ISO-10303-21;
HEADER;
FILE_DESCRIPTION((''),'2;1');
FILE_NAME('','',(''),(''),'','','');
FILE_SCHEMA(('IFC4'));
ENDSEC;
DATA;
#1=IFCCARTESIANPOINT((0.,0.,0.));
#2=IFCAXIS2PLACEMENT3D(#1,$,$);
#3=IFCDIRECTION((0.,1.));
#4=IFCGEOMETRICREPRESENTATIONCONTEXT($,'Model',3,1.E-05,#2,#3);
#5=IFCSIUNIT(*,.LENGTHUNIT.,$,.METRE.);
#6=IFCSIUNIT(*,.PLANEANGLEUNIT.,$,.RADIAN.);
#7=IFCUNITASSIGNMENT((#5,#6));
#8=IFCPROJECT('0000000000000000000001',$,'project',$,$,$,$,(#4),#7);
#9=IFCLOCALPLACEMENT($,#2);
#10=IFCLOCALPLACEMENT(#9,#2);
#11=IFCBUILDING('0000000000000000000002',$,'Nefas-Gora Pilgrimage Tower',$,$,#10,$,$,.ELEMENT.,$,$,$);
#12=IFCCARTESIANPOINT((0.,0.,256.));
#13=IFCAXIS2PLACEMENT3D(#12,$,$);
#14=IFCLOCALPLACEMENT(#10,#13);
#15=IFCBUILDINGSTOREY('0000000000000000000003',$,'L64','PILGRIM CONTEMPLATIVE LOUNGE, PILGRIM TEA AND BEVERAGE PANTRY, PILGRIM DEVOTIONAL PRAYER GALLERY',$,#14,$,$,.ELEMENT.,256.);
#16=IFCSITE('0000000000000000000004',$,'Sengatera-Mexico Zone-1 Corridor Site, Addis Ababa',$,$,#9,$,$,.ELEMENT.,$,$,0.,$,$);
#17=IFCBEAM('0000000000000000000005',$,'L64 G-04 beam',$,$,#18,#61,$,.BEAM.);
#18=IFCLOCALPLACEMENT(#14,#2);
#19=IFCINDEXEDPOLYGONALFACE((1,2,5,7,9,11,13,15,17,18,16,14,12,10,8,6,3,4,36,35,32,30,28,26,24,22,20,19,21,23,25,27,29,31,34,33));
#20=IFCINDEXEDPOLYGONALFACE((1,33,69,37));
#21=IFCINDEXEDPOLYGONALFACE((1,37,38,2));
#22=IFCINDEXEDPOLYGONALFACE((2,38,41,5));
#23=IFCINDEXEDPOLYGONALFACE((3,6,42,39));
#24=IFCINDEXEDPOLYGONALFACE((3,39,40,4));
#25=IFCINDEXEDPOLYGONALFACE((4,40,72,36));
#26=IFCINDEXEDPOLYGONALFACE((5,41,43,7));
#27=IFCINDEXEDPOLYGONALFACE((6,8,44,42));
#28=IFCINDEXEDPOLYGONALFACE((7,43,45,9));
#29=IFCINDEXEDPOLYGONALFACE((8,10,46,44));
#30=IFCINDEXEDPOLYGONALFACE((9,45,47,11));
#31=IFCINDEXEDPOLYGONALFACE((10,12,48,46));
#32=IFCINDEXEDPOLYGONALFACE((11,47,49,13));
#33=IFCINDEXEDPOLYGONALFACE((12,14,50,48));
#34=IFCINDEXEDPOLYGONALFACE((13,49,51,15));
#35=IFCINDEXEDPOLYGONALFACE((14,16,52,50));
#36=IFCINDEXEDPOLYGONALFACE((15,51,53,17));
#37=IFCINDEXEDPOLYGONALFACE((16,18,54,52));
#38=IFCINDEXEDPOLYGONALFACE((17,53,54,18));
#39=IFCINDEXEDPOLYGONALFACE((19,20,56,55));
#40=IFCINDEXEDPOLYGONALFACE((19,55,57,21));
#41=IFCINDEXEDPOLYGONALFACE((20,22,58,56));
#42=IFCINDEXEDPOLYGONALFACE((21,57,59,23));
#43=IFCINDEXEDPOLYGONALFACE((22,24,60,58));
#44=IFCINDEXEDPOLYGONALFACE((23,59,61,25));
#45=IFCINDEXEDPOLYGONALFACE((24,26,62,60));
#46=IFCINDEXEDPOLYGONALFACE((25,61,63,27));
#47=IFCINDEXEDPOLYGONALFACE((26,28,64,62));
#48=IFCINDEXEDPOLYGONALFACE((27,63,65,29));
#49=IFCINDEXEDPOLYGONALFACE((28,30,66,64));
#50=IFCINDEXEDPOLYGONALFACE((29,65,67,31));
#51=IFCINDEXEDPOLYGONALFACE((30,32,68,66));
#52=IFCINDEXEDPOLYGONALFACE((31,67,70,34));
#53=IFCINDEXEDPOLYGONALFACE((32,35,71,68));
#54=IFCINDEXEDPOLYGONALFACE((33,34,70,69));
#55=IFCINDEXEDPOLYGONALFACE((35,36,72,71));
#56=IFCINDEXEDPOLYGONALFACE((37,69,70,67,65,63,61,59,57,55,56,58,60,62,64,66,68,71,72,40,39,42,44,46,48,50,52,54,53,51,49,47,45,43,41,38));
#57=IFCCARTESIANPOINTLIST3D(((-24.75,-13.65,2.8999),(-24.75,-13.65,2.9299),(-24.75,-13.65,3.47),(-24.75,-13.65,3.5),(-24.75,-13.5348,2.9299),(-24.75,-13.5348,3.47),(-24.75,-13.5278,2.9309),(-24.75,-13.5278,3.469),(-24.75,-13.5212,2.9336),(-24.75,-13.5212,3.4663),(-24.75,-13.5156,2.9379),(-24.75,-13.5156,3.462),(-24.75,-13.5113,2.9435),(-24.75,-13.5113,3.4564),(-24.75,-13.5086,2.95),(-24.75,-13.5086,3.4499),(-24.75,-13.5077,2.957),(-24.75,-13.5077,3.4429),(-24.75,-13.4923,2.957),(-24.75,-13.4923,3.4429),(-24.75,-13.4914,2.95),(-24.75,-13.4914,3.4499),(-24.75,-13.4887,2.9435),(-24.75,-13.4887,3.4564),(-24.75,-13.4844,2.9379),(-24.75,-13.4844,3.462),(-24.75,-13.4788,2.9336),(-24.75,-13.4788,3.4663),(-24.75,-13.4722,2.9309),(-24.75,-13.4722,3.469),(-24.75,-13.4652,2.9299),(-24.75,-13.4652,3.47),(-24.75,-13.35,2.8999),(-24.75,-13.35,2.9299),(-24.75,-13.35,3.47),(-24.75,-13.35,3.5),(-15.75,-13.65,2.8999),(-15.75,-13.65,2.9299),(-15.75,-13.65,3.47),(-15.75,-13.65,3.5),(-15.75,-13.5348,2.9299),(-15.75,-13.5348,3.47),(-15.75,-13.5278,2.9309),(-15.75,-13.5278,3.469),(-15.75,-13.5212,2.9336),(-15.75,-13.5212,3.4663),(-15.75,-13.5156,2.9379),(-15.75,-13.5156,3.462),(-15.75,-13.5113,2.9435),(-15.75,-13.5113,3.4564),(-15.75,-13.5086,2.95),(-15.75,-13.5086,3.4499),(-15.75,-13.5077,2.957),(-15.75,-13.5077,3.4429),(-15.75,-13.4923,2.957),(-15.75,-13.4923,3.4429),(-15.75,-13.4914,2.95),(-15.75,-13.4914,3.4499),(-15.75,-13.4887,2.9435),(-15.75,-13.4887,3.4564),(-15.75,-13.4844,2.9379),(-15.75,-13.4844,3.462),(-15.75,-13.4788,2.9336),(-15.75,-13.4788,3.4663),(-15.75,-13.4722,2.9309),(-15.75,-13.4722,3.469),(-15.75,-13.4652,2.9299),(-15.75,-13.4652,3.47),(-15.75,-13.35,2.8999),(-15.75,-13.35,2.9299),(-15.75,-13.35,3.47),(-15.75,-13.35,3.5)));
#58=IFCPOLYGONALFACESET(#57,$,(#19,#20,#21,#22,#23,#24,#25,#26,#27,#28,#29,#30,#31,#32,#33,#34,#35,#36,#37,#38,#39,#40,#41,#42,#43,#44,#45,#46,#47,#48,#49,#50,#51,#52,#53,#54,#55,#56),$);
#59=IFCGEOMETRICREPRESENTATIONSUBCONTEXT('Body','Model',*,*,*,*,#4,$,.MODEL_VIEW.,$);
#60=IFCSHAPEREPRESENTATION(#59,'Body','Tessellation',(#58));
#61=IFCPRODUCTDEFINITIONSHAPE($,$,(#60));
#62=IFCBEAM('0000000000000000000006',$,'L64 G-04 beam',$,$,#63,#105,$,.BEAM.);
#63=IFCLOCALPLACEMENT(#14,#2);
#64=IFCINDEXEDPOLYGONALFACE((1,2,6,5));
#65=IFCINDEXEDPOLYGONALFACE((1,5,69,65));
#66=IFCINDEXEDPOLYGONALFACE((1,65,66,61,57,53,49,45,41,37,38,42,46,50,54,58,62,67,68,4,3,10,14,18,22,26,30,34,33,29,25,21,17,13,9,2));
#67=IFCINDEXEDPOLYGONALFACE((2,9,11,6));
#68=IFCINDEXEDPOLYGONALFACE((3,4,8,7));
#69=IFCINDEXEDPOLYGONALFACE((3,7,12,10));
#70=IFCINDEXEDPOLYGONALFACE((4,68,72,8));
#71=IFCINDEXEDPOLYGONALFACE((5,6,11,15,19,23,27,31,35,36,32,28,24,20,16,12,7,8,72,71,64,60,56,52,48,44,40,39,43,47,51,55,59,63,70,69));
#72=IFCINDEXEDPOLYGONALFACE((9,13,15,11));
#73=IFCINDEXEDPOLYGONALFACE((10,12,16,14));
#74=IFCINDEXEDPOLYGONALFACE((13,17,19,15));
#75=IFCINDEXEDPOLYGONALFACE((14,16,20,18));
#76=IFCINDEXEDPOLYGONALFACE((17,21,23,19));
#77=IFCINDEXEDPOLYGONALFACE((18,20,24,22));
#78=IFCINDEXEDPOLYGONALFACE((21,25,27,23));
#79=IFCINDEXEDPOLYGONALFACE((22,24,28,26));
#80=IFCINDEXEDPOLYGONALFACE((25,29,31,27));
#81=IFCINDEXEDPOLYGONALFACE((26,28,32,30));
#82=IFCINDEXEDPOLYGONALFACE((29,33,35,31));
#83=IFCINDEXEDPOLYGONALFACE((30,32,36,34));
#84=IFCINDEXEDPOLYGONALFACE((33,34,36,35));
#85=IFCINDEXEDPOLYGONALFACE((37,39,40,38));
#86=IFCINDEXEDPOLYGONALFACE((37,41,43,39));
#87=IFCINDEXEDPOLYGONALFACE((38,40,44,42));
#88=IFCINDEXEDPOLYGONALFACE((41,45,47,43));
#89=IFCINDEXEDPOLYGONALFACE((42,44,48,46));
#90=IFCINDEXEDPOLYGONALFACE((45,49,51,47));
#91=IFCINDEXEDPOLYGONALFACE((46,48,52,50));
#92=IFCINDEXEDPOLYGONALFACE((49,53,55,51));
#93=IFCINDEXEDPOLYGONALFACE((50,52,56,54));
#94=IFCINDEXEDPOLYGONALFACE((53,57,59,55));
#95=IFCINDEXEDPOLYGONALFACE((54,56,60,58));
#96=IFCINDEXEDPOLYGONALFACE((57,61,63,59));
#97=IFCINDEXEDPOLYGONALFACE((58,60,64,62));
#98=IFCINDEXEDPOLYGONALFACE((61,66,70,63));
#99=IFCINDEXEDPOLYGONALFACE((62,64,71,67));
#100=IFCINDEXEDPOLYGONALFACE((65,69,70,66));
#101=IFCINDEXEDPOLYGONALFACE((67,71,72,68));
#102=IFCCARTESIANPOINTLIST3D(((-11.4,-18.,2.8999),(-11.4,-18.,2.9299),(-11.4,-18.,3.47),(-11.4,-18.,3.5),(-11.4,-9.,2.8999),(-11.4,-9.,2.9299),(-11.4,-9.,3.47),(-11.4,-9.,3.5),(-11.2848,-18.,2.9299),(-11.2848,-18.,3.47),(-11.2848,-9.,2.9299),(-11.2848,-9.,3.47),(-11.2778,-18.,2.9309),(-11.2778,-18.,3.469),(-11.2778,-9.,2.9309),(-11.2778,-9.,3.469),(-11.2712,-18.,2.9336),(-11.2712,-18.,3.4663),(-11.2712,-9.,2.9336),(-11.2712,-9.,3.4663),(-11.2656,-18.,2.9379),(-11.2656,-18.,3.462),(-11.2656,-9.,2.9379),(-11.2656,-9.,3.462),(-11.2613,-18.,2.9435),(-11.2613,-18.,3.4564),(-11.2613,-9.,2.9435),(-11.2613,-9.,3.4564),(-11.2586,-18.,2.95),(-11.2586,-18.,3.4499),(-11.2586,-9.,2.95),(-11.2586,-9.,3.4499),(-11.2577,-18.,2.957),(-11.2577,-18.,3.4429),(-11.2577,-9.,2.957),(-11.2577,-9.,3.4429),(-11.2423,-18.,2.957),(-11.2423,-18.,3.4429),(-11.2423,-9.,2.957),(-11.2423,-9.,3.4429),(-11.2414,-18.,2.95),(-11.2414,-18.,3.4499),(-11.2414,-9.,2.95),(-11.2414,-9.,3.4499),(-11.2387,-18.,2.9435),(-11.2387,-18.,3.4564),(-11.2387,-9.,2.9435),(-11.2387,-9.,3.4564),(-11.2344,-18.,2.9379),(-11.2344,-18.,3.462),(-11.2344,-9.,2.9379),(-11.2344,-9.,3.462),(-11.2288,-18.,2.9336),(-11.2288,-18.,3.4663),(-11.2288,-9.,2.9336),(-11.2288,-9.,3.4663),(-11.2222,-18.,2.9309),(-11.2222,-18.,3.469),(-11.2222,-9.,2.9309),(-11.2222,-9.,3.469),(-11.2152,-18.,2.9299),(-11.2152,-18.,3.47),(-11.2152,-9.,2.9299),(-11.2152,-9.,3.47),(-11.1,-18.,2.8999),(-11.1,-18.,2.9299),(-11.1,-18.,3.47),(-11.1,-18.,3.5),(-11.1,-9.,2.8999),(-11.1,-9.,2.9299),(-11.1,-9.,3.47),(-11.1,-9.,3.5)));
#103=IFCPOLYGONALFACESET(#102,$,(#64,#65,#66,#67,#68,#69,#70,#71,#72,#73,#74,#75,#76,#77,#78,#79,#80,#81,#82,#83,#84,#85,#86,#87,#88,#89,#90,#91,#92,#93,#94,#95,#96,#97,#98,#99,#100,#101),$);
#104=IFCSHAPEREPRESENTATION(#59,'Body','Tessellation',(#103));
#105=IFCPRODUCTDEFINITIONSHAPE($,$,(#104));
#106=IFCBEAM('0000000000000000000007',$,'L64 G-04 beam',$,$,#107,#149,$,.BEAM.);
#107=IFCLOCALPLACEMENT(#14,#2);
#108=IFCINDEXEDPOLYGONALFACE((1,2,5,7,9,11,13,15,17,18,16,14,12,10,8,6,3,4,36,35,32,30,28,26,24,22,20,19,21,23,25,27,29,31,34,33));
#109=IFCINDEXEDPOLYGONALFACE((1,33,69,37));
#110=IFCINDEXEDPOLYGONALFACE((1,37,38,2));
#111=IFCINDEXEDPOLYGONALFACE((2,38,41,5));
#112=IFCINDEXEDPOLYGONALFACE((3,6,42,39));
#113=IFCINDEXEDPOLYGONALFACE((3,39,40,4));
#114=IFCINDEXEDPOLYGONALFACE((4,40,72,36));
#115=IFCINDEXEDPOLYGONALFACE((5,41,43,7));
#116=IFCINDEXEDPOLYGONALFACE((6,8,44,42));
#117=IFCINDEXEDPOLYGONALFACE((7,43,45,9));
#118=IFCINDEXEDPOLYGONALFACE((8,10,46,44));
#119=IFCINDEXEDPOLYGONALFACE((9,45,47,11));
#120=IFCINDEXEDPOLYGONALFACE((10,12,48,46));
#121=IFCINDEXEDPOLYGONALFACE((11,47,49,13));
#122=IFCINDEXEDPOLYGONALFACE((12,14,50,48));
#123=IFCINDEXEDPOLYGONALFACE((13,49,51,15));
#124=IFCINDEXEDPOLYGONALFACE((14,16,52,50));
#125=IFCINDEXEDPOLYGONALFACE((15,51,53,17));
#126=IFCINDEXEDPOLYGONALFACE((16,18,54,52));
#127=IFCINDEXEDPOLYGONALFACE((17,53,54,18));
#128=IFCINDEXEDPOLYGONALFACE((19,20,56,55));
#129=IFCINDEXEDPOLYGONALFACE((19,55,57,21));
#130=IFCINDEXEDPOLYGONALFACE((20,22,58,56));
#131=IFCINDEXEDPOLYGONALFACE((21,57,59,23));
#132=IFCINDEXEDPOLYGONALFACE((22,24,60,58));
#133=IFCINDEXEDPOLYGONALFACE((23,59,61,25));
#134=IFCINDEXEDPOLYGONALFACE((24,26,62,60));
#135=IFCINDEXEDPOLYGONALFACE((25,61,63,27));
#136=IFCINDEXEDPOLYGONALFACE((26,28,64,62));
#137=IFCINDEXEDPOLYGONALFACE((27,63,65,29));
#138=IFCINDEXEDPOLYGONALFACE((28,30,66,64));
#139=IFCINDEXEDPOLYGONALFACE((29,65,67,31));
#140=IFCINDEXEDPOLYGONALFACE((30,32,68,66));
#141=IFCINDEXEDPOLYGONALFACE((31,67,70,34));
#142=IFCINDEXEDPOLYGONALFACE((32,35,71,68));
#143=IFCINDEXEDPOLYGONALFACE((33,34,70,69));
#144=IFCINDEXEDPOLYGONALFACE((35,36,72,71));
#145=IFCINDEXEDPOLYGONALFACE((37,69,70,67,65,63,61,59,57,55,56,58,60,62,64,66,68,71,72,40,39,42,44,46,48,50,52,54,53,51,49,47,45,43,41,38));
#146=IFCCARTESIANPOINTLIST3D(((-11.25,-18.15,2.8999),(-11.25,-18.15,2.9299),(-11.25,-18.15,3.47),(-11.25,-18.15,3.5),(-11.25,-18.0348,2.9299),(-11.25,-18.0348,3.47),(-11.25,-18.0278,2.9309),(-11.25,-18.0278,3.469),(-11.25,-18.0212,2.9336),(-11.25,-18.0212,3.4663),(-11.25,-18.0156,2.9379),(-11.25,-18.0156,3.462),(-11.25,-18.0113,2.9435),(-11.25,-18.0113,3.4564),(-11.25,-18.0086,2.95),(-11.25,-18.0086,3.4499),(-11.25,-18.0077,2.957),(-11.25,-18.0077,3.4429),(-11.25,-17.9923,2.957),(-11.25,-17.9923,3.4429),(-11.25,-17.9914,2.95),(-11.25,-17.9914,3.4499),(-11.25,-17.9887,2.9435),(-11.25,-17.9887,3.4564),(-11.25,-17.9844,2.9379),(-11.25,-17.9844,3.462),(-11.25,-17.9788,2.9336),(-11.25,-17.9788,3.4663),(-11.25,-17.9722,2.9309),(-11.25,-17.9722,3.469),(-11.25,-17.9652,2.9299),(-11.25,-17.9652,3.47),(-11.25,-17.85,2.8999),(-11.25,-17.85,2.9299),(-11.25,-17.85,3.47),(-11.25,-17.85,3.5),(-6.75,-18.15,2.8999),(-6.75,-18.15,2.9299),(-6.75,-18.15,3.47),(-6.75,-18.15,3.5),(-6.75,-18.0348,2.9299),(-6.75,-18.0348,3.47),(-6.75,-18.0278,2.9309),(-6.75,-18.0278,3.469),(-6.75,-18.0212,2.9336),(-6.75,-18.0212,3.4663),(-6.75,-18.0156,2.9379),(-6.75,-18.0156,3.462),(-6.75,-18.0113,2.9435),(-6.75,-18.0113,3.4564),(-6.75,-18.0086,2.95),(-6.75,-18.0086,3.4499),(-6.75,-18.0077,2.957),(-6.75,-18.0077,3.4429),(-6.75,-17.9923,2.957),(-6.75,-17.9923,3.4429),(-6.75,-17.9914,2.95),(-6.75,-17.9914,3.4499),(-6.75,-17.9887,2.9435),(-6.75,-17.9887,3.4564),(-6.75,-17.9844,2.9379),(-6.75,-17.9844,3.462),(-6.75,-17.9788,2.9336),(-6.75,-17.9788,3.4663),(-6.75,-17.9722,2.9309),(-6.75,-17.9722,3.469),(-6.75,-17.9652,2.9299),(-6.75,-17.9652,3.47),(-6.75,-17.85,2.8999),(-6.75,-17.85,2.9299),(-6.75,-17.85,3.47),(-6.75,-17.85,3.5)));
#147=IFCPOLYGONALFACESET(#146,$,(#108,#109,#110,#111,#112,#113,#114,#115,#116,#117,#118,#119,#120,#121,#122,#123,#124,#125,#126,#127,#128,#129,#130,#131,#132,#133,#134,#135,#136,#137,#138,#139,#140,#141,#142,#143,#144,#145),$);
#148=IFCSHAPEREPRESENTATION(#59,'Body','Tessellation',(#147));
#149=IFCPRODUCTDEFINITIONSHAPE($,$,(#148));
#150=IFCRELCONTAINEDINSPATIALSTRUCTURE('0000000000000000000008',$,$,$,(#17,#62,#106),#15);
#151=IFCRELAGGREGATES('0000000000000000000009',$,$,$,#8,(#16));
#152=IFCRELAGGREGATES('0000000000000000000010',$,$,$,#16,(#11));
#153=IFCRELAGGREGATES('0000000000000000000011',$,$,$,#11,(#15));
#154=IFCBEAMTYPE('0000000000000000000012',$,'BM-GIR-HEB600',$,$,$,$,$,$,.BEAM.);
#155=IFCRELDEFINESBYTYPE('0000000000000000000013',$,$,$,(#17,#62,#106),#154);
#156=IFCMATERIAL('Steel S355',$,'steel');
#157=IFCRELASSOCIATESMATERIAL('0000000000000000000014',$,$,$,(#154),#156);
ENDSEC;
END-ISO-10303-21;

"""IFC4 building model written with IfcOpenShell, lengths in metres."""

from ifc_helpers import new_model, si_unit, direction, frame, origin, origin_2d, place, context, subcontext, project, spatial, i_section, extrude, source, transform, mapped, material, material_profile, profile_set, type_object, element, save


model = new_model("IFC4")

# Units and contexts
model_context = context("Model", 3, precision=1e-05, world=origin(), true_north=direction((0.0, 1.0)))
body_context = subcontext(model_context, "Body", "Model", "MODEL_VIEW")
ifc_project = project(units=[si_unit("LENGTHUNIT", "METRE"), si_unit("PLANEANGLEUNIT", "RADIAN")], contexts=[model_context])

# Site, building, storey
site_placement = place(None, origin())
site = spatial("IfcSite", under=ifc_project, at=site_placement, Name="Sengatera-Mexico Zone-1 Corridor Site, Addis Ababa", CompositionType="ELEMENT", RefElevation=0.0)
building_placement = place(site_placement, origin())
building = spatial("IfcBuilding", under=site, at=building_placement, Name="Nefas-Gora Pilgrimage Tower", CompositionType="ELEMENT")
storey_placement = place(building_placement, frame((0.0, 0.0, 256.0)))
storey = spatial("IfcBuildingStorey", under=building, at=storey_placement, Name="L64", Description="PILGRIM CONTEMPLATIVE LOUNGE, PILGRIM TEA AND BEVERAGE PANTRY, PILGRIM DEVOTIONAL PRAYER GALLERY", CompositionType="ELEMENT", Elevation=256.0)

# Beams
ifc_material_1 = material(Name="Steel S355", Category="steel")
ifc_material_profile_1 = material_profile(ifc_material_1, i_section(OverallWidth=0.3, OverallDepth=0.6001, WebThickness=0.0154, FlangeThickness=0.03, FilletRadius=0.0271, at=origin_2d()), Name="HEB 600")
ifc_profile_set_1 = profile_set([ifc_material_profile_1], Name="Steel S355")
beam_type_1 = type_object("IfcBeamType", Name="BM-GIR-HEB600", PredefinedType="BEAM", material=ifc_profile_set_1)
shared_shape_1 = source(origin(), body_context, "Body", "SweptSolid", [
    extrude(i_section(OverallWidth=0.3, OverallDepth=0.6001, WebThickness=0.0154, FlangeThickness=0.03, FilletRadius=0.0271, at=origin_2d()), origin(), (0.0, 0.0, 1.0), 9.0),
])
for number, where, z_axis, x_axis, name in (
    (1, (-24.75, -13.5, 3.2), (1.0, 0.0, 0.0), (0.0, 1.0, 0.0), "L64 G-04 beam"),
    (2, (-11.25, -18.0, 3.2), (0.0, 1.0, 0.0), (-1.0, 0.0, 0.0), "L64 G-04 beam"),
):
    element("IfcBeam", number, at=place(storey_placement, frame(where, z_axis=z_axis, x_axis=x_axis)), inside=storey, type_object=beam_type_1, Name=name, PredefinedType="BEAM", context=body_context, shape_type="MappedRepresentation", body=[
        mapped(shared_shape_1, transform((0.0, 0.0, 0.0), x_axis=(1.0, 0.0, 0.0), y_axis=(0.0, 1.0, 0.0), z_axis=(0.0, 0.0, 1.0), scale=1.0)),
    ])
shared_shape_2 = source(origin(), body_context, "Body", "SweptSolid", [
    extrude(i_section(OverallWidth=0.3, OverallDepth=0.6001, WebThickness=0.0154, FlangeThickness=0.03, FilletRadius=0.0271, at=origin_2d()), origin(), (0.0, 0.0, 1.0), 4.5),
])
beam_1_placement = place(storey_placement, frame((-11.25, -18.0, 3.2), z_axis=(1.0, 0.0, 0.0), x_axis=(0.0, 1.0, 0.0)))
element("IfcBeam", 3, at=beam_1_placement, inside=storey, type_object=beam_type_1, Name="L64 G-04 beam", PredefinedType="BEAM", context=body_context, shape_type="MappedRepresentation", body=[
    mapped(shared_shape_2, transform((0.0, 0.0, 0.0), x_axis=(1.0, 0.0, 0.0), y_axis=(0.0, 1.0, 0.0), z_axis=(0.0, 0.0, 1.0), scale=1.0)),
])

save(model, "model.ifc")
